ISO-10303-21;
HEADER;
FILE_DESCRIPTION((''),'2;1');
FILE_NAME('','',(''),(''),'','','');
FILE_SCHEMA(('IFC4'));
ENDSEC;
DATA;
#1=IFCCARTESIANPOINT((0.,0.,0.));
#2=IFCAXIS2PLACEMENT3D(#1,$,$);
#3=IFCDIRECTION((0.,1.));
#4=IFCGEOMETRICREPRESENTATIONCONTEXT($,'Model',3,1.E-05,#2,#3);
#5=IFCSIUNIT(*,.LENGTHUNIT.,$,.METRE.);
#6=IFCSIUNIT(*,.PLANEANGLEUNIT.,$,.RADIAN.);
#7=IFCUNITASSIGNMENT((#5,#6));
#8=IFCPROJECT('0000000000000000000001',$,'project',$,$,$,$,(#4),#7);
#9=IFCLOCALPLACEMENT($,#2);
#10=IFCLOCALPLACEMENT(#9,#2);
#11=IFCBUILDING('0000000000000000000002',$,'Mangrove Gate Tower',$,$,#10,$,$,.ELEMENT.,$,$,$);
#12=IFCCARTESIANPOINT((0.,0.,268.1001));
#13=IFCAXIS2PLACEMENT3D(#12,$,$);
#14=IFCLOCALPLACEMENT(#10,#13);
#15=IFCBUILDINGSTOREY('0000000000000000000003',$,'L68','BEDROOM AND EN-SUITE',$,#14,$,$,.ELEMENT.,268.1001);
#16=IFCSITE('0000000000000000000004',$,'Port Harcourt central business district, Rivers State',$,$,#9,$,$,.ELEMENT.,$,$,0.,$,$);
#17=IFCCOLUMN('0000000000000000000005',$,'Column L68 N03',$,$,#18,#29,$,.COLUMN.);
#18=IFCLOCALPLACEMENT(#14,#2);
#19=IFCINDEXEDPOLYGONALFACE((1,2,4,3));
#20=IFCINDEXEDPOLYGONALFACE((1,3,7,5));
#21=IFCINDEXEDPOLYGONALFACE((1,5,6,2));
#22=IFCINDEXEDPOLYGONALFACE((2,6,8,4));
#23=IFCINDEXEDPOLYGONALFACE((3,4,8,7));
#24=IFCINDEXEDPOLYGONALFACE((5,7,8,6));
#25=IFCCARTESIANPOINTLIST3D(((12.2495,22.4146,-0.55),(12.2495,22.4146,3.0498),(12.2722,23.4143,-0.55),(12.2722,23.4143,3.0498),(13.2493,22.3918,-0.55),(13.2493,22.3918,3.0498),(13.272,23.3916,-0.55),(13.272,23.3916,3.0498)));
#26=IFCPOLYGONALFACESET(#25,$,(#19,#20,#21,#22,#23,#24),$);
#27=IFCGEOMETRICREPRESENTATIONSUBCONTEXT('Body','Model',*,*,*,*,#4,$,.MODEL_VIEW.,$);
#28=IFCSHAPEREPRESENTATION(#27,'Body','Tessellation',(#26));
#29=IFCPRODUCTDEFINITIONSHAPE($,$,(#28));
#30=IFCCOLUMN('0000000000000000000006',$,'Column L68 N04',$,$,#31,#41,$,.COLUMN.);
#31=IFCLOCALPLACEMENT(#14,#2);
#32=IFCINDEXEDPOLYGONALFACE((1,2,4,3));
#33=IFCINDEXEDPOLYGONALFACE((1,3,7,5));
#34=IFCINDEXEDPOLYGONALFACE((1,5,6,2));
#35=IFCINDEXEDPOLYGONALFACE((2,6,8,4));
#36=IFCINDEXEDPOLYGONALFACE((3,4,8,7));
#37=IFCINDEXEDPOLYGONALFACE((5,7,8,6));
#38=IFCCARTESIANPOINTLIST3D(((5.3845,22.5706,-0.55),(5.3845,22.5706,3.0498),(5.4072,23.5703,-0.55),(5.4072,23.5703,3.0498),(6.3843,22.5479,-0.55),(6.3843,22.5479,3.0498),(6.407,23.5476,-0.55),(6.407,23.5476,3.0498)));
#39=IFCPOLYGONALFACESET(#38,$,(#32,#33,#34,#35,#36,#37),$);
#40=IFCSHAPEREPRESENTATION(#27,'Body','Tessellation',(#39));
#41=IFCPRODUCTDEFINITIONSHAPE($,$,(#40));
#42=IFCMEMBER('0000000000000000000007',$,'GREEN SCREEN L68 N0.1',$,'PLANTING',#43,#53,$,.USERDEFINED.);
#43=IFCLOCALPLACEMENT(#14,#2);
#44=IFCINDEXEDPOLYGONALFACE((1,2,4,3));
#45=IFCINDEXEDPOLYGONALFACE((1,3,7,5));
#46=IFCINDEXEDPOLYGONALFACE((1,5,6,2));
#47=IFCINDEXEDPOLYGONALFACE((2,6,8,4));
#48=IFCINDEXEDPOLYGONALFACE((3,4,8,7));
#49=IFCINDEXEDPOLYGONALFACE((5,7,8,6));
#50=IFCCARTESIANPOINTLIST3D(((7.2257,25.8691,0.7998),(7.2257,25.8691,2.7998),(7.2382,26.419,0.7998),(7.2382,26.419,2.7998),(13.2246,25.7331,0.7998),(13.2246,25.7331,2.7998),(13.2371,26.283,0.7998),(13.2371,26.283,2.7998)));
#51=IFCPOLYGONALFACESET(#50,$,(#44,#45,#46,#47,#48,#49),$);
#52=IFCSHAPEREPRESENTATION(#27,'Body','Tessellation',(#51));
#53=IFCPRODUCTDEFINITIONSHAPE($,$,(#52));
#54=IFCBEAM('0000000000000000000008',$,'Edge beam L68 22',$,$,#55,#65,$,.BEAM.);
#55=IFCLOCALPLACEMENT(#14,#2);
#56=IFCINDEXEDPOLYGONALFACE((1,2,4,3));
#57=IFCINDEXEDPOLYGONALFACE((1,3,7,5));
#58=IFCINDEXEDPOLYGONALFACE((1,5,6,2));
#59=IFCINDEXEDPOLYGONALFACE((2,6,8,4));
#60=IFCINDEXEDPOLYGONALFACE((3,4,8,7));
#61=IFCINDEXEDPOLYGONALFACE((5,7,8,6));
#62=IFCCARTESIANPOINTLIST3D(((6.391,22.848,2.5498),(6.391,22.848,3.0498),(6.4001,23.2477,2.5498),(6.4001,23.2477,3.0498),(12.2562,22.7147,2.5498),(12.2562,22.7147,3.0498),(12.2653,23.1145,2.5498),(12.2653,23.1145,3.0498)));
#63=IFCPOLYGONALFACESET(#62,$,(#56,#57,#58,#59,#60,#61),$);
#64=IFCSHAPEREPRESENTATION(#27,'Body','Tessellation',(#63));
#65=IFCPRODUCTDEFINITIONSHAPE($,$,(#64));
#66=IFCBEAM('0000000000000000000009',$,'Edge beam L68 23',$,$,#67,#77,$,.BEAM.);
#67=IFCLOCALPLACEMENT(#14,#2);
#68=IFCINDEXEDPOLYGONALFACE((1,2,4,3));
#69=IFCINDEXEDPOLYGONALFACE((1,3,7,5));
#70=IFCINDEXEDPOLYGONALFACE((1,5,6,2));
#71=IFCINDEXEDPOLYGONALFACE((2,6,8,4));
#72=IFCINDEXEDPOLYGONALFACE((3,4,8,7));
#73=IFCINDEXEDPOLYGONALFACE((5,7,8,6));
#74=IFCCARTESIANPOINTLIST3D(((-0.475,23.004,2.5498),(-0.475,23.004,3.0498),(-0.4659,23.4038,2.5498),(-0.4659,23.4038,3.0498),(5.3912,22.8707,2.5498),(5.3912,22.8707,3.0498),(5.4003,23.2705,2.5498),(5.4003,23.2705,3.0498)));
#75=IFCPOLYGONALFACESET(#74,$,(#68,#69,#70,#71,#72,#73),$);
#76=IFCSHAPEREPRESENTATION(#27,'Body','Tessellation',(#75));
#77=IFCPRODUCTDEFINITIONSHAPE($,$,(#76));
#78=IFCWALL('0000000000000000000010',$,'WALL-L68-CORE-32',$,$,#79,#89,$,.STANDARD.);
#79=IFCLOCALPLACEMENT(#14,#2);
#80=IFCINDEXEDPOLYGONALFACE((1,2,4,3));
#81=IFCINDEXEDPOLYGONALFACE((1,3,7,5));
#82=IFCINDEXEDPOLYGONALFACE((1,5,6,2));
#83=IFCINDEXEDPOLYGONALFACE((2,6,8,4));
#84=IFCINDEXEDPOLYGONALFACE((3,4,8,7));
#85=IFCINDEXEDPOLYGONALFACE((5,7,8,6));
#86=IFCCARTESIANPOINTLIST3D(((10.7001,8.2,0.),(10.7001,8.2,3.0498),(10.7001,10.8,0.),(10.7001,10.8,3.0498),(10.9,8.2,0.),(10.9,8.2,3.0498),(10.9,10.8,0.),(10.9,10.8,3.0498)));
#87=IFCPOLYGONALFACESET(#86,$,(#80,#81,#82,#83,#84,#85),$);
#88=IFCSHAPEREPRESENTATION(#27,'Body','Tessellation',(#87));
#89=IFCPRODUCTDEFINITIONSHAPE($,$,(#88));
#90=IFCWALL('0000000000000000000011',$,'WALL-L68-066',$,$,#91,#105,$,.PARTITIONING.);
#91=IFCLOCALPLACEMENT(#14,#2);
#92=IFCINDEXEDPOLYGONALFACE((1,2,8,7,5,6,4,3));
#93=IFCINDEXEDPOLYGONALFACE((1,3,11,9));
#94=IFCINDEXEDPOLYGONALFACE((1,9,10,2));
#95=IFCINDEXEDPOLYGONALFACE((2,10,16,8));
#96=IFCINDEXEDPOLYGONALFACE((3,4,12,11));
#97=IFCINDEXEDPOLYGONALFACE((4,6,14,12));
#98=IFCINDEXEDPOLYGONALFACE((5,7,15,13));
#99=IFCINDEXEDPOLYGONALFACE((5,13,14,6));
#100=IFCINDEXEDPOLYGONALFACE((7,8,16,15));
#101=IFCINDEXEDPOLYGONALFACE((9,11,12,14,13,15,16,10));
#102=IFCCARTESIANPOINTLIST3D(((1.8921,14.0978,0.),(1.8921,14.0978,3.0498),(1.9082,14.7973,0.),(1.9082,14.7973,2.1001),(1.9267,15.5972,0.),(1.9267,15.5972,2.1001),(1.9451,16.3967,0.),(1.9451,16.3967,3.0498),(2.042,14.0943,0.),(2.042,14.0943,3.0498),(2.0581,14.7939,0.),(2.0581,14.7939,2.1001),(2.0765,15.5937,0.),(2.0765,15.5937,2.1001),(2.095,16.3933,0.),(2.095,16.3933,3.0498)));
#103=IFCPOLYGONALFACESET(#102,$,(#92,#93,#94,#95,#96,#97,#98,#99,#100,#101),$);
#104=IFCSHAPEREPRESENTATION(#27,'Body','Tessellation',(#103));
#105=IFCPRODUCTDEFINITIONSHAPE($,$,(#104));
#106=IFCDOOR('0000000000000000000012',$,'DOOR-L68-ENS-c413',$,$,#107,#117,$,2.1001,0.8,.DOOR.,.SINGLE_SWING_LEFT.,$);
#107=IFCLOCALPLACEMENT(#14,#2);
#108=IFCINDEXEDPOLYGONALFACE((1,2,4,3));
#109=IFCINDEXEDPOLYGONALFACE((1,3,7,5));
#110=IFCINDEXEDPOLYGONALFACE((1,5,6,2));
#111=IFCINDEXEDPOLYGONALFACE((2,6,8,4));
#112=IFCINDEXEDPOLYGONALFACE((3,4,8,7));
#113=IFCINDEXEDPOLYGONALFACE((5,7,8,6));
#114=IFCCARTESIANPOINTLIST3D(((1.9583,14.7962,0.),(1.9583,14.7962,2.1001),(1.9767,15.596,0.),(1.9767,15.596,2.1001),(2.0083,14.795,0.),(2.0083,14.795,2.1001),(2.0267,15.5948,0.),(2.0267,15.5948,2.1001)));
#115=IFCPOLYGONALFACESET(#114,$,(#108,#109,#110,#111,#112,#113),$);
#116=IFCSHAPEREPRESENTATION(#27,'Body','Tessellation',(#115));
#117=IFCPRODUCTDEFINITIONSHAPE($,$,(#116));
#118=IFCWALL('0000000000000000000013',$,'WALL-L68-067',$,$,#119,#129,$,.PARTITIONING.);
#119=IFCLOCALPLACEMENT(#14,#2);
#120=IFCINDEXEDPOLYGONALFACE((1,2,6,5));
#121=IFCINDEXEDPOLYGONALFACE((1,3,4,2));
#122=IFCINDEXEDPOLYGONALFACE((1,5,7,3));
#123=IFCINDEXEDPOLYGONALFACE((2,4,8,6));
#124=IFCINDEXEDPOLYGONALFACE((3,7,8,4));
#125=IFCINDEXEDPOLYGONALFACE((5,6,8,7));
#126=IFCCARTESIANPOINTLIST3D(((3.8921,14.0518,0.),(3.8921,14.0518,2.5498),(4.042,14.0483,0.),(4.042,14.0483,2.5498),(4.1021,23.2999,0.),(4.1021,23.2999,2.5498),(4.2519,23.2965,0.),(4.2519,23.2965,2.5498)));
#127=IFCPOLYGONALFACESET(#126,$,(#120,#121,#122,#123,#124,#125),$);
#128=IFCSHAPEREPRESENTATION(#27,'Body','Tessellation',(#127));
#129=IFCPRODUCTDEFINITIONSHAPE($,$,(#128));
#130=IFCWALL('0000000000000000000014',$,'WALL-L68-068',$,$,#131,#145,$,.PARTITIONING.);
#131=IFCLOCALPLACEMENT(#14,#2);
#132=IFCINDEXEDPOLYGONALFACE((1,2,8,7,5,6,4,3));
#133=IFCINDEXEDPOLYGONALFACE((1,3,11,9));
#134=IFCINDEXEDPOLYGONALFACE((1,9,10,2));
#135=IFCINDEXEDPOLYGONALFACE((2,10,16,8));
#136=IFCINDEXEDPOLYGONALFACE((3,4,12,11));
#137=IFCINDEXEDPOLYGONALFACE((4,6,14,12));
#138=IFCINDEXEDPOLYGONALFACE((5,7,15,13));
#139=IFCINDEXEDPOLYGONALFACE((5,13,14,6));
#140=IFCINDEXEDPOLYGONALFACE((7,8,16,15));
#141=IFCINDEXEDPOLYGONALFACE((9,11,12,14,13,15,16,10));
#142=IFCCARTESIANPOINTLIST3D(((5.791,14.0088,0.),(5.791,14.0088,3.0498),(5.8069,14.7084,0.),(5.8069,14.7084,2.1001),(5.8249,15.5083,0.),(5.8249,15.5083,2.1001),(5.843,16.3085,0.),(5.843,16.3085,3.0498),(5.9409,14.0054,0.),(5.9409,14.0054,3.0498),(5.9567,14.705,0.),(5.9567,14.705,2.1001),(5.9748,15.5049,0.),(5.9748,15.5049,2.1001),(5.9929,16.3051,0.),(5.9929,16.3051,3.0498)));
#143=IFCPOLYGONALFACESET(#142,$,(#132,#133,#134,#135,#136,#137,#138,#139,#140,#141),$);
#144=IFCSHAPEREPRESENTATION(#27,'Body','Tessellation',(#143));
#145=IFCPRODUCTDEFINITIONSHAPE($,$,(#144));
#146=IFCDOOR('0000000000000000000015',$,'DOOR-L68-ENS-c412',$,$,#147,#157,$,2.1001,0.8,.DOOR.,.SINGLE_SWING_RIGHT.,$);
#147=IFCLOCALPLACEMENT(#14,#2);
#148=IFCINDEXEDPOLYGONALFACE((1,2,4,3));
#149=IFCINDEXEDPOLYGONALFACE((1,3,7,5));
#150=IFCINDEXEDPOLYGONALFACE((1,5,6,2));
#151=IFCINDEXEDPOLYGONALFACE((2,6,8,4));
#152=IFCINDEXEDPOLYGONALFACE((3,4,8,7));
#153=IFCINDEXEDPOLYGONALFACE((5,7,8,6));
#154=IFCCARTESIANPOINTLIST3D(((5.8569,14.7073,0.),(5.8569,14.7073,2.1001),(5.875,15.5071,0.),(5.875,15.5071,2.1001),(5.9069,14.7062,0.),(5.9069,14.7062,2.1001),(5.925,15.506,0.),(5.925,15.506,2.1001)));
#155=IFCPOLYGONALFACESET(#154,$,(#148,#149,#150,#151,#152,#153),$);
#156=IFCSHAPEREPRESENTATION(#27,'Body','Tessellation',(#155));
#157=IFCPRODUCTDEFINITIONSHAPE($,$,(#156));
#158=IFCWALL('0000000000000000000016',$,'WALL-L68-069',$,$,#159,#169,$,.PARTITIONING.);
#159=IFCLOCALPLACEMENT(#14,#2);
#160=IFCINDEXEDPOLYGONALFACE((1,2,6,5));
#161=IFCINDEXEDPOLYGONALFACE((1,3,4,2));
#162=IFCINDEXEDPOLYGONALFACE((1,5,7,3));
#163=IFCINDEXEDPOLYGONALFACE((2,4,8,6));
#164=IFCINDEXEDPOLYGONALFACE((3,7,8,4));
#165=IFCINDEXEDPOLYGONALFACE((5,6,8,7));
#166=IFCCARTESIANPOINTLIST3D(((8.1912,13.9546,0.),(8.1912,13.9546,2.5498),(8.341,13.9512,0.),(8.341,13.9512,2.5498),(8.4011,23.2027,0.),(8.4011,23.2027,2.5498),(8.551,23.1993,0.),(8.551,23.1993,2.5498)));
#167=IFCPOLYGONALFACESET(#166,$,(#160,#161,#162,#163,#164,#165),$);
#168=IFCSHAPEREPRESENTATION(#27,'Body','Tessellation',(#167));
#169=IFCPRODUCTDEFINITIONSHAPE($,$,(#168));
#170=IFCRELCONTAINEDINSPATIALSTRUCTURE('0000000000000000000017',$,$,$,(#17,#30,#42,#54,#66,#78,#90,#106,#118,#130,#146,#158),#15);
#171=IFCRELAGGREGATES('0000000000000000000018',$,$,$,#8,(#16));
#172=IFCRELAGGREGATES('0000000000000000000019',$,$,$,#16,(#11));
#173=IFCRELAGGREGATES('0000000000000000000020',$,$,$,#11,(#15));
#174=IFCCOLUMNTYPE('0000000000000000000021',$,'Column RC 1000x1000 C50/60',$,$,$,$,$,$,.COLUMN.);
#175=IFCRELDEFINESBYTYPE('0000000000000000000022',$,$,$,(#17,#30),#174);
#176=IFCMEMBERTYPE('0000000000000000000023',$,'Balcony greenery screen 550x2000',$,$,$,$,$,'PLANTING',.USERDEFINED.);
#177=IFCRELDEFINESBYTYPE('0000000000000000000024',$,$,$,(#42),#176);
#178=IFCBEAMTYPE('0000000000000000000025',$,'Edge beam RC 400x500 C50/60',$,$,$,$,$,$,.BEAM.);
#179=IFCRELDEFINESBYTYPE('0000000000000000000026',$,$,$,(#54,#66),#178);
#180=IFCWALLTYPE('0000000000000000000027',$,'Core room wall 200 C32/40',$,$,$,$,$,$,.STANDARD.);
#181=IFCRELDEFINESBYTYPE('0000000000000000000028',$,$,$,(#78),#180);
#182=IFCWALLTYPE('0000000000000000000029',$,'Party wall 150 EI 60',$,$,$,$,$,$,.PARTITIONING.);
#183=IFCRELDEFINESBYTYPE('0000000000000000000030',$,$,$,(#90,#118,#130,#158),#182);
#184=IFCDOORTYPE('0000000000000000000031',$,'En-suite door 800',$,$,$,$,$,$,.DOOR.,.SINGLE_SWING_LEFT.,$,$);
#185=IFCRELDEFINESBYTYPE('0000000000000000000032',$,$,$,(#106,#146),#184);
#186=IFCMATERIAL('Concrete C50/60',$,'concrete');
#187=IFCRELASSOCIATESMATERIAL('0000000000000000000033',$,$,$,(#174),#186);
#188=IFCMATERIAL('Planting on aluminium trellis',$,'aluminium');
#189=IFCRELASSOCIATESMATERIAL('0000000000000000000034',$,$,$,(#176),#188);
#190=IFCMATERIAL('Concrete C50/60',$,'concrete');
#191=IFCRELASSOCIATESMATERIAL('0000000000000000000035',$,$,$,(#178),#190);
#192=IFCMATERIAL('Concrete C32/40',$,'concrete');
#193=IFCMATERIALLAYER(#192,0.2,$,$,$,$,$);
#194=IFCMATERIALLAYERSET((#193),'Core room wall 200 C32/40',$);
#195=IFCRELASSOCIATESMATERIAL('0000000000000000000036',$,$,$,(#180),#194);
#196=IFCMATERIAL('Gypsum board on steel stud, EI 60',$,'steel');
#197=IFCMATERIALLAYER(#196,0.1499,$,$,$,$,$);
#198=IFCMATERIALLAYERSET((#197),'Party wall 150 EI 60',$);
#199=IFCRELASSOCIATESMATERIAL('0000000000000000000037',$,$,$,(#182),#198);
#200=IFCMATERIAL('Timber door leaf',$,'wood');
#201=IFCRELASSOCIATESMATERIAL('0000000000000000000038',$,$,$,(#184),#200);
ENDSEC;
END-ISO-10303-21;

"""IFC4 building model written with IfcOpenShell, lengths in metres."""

from ifc_helpers import new_model, si_unit, direction, frame, frame_2d, origin, origin_2d, place, context, subcontext, project, spatial, rectangle, extrude, material, layer, layer_set, material_profile, profile_set, type_object, element, fill, save


model = new_model("IFC4")

# Units and contexts
model_context = context("Model", 3, precision=1e-05, world=origin(), true_north=direction((0.0, 1.0)))
body_context = subcontext(model_context, "Body", "Model", "MODEL_VIEW")
ifc_project = project(units=[si_unit("LENGTHUNIT", "METRE"), si_unit("PLANEANGLEUNIT", "RADIAN")], contexts=[model_context])

# Site, building, storey
site_placement = place(None, origin())
site = spatial("IfcSite", under=ifc_project, at=site_placement, Name="Port Harcourt central business district, Rivers State", CompositionType="ELEMENT", RefElevation=0.0)
building_placement = place(site_placement, origin())
building = spatial("IfcBuilding", under=site, at=building_placement, Name="Mangrove Gate Tower", CompositionType="ELEMENT")
storey_placement = place(building_placement, frame((0.0, 0.0, 268.1001)))
storey = spatial("IfcBuildingStorey", under=building, at=storey_placement, Name="L68", Description="BEDROOM AND EN-SUITE", CompositionType="ELEMENT", Elevation=268.1001)

# Columns
ifc_material_1 = material(Name="Concrete C50/60", Category="concrete")
ifc_material_profile_1 = material_profile(ifc_material_1, rectangle(XDim=1.0, YDim=1.0, at=origin_2d()))
ifc_profile_set_1 = profile_set([ifc_material_profile_1], Name="Concrete C50/60")
column_type = type_object("IfcColumnType", Name="Column RC 1000x1000 C50/60", PredefinedType="COLUMN", material=ifc_profile_set_1)
for number, where, z_axis, x_axis, name in (
    (1, (12.7607, 22.9031, -0.55), (0.0, 0.0, 1.0), (-0.999742, 0.022716, 0.0), "Column L68 N03"),
    (2, (5.8958, 23.0591, -0.55), (0.0, 0.0, 1.0), (-0.999742, 0.022716, 0.0), "Column L68 N04"),
):
    element("IfcColumn", number, at=place(storey_placement, frame(where, z_axis=z_axis, x_axis=x_axis)), inside=storey, type_object=column_type, Name=name, PredefinedType="COLUMN", context=body_context, shape_type="SweptSolid", body=[
        extrude(rectangle(XDim=1.0, YDim=1.0, at=origin_2d()), origin(), (0.0, 0.0, 1.0), 3.5999),
    ])

# Member
ifc_material_2 = material(Name="Planting on aluminium trellis", Category="aluminium")
ifc_material_profile_2 = material_profile(ifc_material_2, rectangle(XDim=0.55, YDim=2.0, at=origin_2d()))
ifc_profile_set_2 = profile_set([ifc_material_profile_2], Name="Planting on aluminium trellis")
member_type = type_object("IfcMemberType", Name="Balcony greenery screen 550x2000", ElementType="PLANTING", PredefinedType="USERDEFINED", material=ifc_profile_set_2)
member_placement = place(storey_placement, frame((7.2319, 26.144, 1.7998), z_axis=(0.999743, -0.022662, 0.0), x_axis=(0.022662, 0.999743, 0.0)))
element("IfcMember", 3, at=member_placement, inside=storey, type_object=member_type, Name="GREEN SCREEN L68 N0.1", ObjectType="PLANTING", PredefinedType="USERDEFINED", context=body_context, shape_type="SweptSolid", body=[
    extrude(rectangle(XDim=0.55, YDim=2.0, at=origin_2d()), origin(), (0.0, 0.0, 1.0), 6.0005),
])

# Beams
ifc_material_3 = material(Name="Concrete C50/60", Category="concrete")
ifc_material_profile_3 = material_profile(ifc_material_3, rectangle(XDim=0.3999, YDim=0.5, at=origin_2d()))
ifc_profile_set_3 = profile_set([ifc_material_profile_3], Name="Concrete C50/60")
beam_type = type_object("IfcBeamType", Name="Edge beam RC 400x500 C50/60", PredefinedType="BEAM", material=ifc_profile_set_3)
beam_1_placement = place(storey_placement, frame((12.2607, 22.9146, 2.7998), z_axis=(-0.999742, 0.022721, 0.0), x_axis=(-0.022721, -0.999742, 0.0)))
element("IfcBeam", 4, at=beam_1_placement, inside=storey, type_object=beam_type, Name="Edge beam L68 22", PredefinedType="BEAM", context=body_context, shape_type="SweptSolid", body=[
    extrude(rectangle(XDim=0.3999, YDim=0.5, at=origin_2d()), origin(), (0.0, 0.0, 1.0), 5.8667),
])
beam_2_placement = place(storey_placement, frame((5.3958, 23.0706, 2.7998), z_axis=(-0.999742, 0.022718, 0.0), x_axis=(-0.022718, -0.999742, 0.0)))
element("IfcBeam", 5, at=beam_2_placement, inside=storey, type_object=beam_type, Name="Edge beam L68 23", PredefinedType="BEAM", context=body_context, shape_type="SweptSolid", body=[
    extrude(rectangle(XDim=0.3999, YDim=0.5, at=origin_2d()), origin(), (0.0, 0.0, 1.0), 5.8677),
])

# Wall
ifc_material_4 = material(Name="Concrete C32/40", Category="concrete")
ifc_layer_1 = layer(ifc_material_4, 0.2)
ifc_layer_set_1 = layer_set([ifc_layer_1], Name="Core room wall 200 C32/40")
wall_type_1 = type_object("IfcWallType", Name="Core room wall 200 C32/40", PredefinedType="STANDARD", material=ifc_layer_set_1)
wall_1_placement = place(storey_placement, frame((10.8, 8.2, 0.0), z_axis=(0.0, 0.0, 1.0), x_axis=(0.0, 1.0, 0.0)))
element("IfcWall", 6, at=wall_1_placement, inside=storey, type_object=wall_type_1, Name="WALL-L68-CORE-32", PredefinedType="STANDARD", context=body_context, shape_type="SweptSolid", body=[
    extrude(rectangle(XDim=2.6001, YDim=0.2, at=frame_2d((1.3, 0.0))), origin(), (0.0, 0.0, 1.0), 3.0498),
])

# Wall, opening, door
ifc_material_5 = material(Name="Gypsum board on steel stud, EI 60", Category="steel")
ifc_layer_2 = layer(ifc_material_5, 0.1499)
ifc_layer_set_2 = layer_set([ifc_layer_2], Name="Party wall 150 EI 60")
wall_type_2 = type_object("IfcWallType", Name="Party wall 150 EI 60", PredefinedType="PARTITIONING", material=ifc_layer_set_2)
wall_2_placement = place(storey_placement, frame((1.967, 14.0959, 0.0), z_axis=(0.0, 0.0, 1.0), x_axis=(0.023037, 0.999735, 0.0)))
wall_2 = element("IfcWall", 7, at=wall_2_placement, inside=storey, type_object=wall_type_2, Name="WALL-L68-066", PredefinedType="PARTITIONING", context=body_context, shape_type="SweptSolid", body=[
    extrude(rectangle(XDim=2.2996, YDim=0.1499, at=frame_2d((1.1499, 0.0))), origin(), (0.0, 0.0, 1.0), 3.0498),
])
opening_1_placement = place(wall_2_placement, frame((0.7, 0.0, 0.0)))
opening_1 = element("IfcOpeningElement", 8, at=opening_1_placement, cuts=wall_2, PredefinedType="OPENING", context=body_context, shape_type="SweptSolid", body=[
    extrude(rectangle(XDim=0.8, YDim=2.1001, at=frame_2d((0.3999, 1.05))), frame((0.0, 0.085, 0.0), z_axis=(0.0, -1.0, 0.0), x_axis=(1.0, 0.0, 0.0)), (0.0, 0.0, 1.0), 0.1699),
])
ifc_material_6 = material(Name="Timber door leaf", Category="wood")
door_type = type_object("IfcDoorType", Name="En-suite door 800", OperationType="SINGLE_SWING_LEFT", PredefinedType="DOOR", material=ifc_material_6)
door_1_placement = place(opening_1_placement, origin())
door_1 = element("IfcDoor", 9, at=door_1_placement, inside=storey, type_object=door_type, Name="DOOR-L68-ENS-c413", OperationType="SINGLE_SWING_LEFT", OverallHeight=2.1001, OverallWidth=0.8, PredefinedType="DOOR", context=body_context, shape_type="SweptSolid", body=[
    extrude(rectangle(XDim=0.8, YDim=2.1001, at=frame_2d((0.3999, 1.05))), frame((0.0, 0.0249, 0.0), z_axis=(0.0, -1.0, 0.0), x_axis=(1.0, 0.0, 0.0)), (0.0, 0.0, 1.0), 0.05),
])
fill(opening_1, door_1)

# Wall
wall_3_placement = place(storey_placement, frame((3.967, 14.05, 0.0), z_axis=(0.0, 0.0, 1.0), x_axis=(0.022697, 0.999742, 0.0)))
element("IfcWall", 10, at=wall_3_placement, inside=storey, type_object=wall_type_2, Name="WALL-L68-067", PredefinedType="PARTITIONING", context=body_context, shape_type="SweptSolid", body=[
    extrude(rectangle(XDim=9.2505, YDim=0.1499, at=frame_2d((4.6252, 0.0))), origin(), (0.0, 0.0, 1.0), 2.5498),
])

# Wall, opening, door
wall_4_placement = place(storey_placement, frame((5.866, 14.0071, 0.0), z_axis=(0.0, 0.0, 1.0), x_axis=(0.022606, 0.999744, 0.0)))
wall_4 = element("IfcWall", 11, at=wall_4_placement, inside=storey, type_object=wall_type_2, Name="WALL-L68-068", PredefinedType="PARTITIONING", context=body_context, shape_type="SweptSolid", body=[
    extrude(rectangle(XDim=2.3003, YDim=0.1499, at=frame_2d((1.1501, 0.0))), origin(), (0.0, 0.0, 1.0), 3.0498),
])
opening_2_placement = place(wall_4_placement, frame((0.7, 0.0, 0.0)))
opening_2 = element("IfcOpeningElement", 12, at=opening_2_placement, cuts=wall_4, PredefinedType="OPENING", context=body_context, shape_type="SweptSolid", body=[
    extrude(rectangle(XDim=0.8, YDim=2.1001, at=frame_2d((0.3999, 1.05))), frame((0.0, 0.085, 0.0), z_axis=(0.0, -1.0, 0.0), x_axis=(1.0, 0.0, 0.0)), (0.0, 0.0, 1.0), 0.1699),
])
door_2_placement = place(opening_2_placement, origin())
door_2 = element("IfcDoor", 13, at=door_2_placement, inside=storey, type_object=door_type, Name="DOOR-L68-ENS-c412", OperationType="SINGLE_SWING_RIGHT", OverallHeight=2.1001, OverallWidth=0.8, PredefinedType="DOOR", context=body_context, shape_type="SweptSolid", body=[
    extrude(rectangle(XDim=0.8, YDim=2.1001, at=frame_2d((0.3999, 1.05))), frame((0.0, 0.0249, 0.0), z_axis=(0.0, -1.0, 0.0), x_axis=(1.0, 0.0, 0.0)), (0.0, 0.0, 1.0), 0.05),
])
fill(opening_2, door_2)

# Wall
wall_5_placement = place(storey_placement, frame((8.2661, 13.9529, 0.0), z_axis=(0.0, 0.0, 1.0), x_axis=(0.022697, 0.999742, 0.0)))
element("IfcWall", 14, at=wall_5_placement, inside=storey, type_object=wall_type_2, Name="WALL-L68-069", PredefinedType="PARTITIONING", context=body_context, shape_type="SweptSolid", body=[
    extrude(rectangle(XDim=9.2505, YDim=0.1499, at=frame_2d((4.6252, 0.0))), origin(), (0.0, 0.0, 1.0), 2.5498),
])

save(model, "model.ifc")
